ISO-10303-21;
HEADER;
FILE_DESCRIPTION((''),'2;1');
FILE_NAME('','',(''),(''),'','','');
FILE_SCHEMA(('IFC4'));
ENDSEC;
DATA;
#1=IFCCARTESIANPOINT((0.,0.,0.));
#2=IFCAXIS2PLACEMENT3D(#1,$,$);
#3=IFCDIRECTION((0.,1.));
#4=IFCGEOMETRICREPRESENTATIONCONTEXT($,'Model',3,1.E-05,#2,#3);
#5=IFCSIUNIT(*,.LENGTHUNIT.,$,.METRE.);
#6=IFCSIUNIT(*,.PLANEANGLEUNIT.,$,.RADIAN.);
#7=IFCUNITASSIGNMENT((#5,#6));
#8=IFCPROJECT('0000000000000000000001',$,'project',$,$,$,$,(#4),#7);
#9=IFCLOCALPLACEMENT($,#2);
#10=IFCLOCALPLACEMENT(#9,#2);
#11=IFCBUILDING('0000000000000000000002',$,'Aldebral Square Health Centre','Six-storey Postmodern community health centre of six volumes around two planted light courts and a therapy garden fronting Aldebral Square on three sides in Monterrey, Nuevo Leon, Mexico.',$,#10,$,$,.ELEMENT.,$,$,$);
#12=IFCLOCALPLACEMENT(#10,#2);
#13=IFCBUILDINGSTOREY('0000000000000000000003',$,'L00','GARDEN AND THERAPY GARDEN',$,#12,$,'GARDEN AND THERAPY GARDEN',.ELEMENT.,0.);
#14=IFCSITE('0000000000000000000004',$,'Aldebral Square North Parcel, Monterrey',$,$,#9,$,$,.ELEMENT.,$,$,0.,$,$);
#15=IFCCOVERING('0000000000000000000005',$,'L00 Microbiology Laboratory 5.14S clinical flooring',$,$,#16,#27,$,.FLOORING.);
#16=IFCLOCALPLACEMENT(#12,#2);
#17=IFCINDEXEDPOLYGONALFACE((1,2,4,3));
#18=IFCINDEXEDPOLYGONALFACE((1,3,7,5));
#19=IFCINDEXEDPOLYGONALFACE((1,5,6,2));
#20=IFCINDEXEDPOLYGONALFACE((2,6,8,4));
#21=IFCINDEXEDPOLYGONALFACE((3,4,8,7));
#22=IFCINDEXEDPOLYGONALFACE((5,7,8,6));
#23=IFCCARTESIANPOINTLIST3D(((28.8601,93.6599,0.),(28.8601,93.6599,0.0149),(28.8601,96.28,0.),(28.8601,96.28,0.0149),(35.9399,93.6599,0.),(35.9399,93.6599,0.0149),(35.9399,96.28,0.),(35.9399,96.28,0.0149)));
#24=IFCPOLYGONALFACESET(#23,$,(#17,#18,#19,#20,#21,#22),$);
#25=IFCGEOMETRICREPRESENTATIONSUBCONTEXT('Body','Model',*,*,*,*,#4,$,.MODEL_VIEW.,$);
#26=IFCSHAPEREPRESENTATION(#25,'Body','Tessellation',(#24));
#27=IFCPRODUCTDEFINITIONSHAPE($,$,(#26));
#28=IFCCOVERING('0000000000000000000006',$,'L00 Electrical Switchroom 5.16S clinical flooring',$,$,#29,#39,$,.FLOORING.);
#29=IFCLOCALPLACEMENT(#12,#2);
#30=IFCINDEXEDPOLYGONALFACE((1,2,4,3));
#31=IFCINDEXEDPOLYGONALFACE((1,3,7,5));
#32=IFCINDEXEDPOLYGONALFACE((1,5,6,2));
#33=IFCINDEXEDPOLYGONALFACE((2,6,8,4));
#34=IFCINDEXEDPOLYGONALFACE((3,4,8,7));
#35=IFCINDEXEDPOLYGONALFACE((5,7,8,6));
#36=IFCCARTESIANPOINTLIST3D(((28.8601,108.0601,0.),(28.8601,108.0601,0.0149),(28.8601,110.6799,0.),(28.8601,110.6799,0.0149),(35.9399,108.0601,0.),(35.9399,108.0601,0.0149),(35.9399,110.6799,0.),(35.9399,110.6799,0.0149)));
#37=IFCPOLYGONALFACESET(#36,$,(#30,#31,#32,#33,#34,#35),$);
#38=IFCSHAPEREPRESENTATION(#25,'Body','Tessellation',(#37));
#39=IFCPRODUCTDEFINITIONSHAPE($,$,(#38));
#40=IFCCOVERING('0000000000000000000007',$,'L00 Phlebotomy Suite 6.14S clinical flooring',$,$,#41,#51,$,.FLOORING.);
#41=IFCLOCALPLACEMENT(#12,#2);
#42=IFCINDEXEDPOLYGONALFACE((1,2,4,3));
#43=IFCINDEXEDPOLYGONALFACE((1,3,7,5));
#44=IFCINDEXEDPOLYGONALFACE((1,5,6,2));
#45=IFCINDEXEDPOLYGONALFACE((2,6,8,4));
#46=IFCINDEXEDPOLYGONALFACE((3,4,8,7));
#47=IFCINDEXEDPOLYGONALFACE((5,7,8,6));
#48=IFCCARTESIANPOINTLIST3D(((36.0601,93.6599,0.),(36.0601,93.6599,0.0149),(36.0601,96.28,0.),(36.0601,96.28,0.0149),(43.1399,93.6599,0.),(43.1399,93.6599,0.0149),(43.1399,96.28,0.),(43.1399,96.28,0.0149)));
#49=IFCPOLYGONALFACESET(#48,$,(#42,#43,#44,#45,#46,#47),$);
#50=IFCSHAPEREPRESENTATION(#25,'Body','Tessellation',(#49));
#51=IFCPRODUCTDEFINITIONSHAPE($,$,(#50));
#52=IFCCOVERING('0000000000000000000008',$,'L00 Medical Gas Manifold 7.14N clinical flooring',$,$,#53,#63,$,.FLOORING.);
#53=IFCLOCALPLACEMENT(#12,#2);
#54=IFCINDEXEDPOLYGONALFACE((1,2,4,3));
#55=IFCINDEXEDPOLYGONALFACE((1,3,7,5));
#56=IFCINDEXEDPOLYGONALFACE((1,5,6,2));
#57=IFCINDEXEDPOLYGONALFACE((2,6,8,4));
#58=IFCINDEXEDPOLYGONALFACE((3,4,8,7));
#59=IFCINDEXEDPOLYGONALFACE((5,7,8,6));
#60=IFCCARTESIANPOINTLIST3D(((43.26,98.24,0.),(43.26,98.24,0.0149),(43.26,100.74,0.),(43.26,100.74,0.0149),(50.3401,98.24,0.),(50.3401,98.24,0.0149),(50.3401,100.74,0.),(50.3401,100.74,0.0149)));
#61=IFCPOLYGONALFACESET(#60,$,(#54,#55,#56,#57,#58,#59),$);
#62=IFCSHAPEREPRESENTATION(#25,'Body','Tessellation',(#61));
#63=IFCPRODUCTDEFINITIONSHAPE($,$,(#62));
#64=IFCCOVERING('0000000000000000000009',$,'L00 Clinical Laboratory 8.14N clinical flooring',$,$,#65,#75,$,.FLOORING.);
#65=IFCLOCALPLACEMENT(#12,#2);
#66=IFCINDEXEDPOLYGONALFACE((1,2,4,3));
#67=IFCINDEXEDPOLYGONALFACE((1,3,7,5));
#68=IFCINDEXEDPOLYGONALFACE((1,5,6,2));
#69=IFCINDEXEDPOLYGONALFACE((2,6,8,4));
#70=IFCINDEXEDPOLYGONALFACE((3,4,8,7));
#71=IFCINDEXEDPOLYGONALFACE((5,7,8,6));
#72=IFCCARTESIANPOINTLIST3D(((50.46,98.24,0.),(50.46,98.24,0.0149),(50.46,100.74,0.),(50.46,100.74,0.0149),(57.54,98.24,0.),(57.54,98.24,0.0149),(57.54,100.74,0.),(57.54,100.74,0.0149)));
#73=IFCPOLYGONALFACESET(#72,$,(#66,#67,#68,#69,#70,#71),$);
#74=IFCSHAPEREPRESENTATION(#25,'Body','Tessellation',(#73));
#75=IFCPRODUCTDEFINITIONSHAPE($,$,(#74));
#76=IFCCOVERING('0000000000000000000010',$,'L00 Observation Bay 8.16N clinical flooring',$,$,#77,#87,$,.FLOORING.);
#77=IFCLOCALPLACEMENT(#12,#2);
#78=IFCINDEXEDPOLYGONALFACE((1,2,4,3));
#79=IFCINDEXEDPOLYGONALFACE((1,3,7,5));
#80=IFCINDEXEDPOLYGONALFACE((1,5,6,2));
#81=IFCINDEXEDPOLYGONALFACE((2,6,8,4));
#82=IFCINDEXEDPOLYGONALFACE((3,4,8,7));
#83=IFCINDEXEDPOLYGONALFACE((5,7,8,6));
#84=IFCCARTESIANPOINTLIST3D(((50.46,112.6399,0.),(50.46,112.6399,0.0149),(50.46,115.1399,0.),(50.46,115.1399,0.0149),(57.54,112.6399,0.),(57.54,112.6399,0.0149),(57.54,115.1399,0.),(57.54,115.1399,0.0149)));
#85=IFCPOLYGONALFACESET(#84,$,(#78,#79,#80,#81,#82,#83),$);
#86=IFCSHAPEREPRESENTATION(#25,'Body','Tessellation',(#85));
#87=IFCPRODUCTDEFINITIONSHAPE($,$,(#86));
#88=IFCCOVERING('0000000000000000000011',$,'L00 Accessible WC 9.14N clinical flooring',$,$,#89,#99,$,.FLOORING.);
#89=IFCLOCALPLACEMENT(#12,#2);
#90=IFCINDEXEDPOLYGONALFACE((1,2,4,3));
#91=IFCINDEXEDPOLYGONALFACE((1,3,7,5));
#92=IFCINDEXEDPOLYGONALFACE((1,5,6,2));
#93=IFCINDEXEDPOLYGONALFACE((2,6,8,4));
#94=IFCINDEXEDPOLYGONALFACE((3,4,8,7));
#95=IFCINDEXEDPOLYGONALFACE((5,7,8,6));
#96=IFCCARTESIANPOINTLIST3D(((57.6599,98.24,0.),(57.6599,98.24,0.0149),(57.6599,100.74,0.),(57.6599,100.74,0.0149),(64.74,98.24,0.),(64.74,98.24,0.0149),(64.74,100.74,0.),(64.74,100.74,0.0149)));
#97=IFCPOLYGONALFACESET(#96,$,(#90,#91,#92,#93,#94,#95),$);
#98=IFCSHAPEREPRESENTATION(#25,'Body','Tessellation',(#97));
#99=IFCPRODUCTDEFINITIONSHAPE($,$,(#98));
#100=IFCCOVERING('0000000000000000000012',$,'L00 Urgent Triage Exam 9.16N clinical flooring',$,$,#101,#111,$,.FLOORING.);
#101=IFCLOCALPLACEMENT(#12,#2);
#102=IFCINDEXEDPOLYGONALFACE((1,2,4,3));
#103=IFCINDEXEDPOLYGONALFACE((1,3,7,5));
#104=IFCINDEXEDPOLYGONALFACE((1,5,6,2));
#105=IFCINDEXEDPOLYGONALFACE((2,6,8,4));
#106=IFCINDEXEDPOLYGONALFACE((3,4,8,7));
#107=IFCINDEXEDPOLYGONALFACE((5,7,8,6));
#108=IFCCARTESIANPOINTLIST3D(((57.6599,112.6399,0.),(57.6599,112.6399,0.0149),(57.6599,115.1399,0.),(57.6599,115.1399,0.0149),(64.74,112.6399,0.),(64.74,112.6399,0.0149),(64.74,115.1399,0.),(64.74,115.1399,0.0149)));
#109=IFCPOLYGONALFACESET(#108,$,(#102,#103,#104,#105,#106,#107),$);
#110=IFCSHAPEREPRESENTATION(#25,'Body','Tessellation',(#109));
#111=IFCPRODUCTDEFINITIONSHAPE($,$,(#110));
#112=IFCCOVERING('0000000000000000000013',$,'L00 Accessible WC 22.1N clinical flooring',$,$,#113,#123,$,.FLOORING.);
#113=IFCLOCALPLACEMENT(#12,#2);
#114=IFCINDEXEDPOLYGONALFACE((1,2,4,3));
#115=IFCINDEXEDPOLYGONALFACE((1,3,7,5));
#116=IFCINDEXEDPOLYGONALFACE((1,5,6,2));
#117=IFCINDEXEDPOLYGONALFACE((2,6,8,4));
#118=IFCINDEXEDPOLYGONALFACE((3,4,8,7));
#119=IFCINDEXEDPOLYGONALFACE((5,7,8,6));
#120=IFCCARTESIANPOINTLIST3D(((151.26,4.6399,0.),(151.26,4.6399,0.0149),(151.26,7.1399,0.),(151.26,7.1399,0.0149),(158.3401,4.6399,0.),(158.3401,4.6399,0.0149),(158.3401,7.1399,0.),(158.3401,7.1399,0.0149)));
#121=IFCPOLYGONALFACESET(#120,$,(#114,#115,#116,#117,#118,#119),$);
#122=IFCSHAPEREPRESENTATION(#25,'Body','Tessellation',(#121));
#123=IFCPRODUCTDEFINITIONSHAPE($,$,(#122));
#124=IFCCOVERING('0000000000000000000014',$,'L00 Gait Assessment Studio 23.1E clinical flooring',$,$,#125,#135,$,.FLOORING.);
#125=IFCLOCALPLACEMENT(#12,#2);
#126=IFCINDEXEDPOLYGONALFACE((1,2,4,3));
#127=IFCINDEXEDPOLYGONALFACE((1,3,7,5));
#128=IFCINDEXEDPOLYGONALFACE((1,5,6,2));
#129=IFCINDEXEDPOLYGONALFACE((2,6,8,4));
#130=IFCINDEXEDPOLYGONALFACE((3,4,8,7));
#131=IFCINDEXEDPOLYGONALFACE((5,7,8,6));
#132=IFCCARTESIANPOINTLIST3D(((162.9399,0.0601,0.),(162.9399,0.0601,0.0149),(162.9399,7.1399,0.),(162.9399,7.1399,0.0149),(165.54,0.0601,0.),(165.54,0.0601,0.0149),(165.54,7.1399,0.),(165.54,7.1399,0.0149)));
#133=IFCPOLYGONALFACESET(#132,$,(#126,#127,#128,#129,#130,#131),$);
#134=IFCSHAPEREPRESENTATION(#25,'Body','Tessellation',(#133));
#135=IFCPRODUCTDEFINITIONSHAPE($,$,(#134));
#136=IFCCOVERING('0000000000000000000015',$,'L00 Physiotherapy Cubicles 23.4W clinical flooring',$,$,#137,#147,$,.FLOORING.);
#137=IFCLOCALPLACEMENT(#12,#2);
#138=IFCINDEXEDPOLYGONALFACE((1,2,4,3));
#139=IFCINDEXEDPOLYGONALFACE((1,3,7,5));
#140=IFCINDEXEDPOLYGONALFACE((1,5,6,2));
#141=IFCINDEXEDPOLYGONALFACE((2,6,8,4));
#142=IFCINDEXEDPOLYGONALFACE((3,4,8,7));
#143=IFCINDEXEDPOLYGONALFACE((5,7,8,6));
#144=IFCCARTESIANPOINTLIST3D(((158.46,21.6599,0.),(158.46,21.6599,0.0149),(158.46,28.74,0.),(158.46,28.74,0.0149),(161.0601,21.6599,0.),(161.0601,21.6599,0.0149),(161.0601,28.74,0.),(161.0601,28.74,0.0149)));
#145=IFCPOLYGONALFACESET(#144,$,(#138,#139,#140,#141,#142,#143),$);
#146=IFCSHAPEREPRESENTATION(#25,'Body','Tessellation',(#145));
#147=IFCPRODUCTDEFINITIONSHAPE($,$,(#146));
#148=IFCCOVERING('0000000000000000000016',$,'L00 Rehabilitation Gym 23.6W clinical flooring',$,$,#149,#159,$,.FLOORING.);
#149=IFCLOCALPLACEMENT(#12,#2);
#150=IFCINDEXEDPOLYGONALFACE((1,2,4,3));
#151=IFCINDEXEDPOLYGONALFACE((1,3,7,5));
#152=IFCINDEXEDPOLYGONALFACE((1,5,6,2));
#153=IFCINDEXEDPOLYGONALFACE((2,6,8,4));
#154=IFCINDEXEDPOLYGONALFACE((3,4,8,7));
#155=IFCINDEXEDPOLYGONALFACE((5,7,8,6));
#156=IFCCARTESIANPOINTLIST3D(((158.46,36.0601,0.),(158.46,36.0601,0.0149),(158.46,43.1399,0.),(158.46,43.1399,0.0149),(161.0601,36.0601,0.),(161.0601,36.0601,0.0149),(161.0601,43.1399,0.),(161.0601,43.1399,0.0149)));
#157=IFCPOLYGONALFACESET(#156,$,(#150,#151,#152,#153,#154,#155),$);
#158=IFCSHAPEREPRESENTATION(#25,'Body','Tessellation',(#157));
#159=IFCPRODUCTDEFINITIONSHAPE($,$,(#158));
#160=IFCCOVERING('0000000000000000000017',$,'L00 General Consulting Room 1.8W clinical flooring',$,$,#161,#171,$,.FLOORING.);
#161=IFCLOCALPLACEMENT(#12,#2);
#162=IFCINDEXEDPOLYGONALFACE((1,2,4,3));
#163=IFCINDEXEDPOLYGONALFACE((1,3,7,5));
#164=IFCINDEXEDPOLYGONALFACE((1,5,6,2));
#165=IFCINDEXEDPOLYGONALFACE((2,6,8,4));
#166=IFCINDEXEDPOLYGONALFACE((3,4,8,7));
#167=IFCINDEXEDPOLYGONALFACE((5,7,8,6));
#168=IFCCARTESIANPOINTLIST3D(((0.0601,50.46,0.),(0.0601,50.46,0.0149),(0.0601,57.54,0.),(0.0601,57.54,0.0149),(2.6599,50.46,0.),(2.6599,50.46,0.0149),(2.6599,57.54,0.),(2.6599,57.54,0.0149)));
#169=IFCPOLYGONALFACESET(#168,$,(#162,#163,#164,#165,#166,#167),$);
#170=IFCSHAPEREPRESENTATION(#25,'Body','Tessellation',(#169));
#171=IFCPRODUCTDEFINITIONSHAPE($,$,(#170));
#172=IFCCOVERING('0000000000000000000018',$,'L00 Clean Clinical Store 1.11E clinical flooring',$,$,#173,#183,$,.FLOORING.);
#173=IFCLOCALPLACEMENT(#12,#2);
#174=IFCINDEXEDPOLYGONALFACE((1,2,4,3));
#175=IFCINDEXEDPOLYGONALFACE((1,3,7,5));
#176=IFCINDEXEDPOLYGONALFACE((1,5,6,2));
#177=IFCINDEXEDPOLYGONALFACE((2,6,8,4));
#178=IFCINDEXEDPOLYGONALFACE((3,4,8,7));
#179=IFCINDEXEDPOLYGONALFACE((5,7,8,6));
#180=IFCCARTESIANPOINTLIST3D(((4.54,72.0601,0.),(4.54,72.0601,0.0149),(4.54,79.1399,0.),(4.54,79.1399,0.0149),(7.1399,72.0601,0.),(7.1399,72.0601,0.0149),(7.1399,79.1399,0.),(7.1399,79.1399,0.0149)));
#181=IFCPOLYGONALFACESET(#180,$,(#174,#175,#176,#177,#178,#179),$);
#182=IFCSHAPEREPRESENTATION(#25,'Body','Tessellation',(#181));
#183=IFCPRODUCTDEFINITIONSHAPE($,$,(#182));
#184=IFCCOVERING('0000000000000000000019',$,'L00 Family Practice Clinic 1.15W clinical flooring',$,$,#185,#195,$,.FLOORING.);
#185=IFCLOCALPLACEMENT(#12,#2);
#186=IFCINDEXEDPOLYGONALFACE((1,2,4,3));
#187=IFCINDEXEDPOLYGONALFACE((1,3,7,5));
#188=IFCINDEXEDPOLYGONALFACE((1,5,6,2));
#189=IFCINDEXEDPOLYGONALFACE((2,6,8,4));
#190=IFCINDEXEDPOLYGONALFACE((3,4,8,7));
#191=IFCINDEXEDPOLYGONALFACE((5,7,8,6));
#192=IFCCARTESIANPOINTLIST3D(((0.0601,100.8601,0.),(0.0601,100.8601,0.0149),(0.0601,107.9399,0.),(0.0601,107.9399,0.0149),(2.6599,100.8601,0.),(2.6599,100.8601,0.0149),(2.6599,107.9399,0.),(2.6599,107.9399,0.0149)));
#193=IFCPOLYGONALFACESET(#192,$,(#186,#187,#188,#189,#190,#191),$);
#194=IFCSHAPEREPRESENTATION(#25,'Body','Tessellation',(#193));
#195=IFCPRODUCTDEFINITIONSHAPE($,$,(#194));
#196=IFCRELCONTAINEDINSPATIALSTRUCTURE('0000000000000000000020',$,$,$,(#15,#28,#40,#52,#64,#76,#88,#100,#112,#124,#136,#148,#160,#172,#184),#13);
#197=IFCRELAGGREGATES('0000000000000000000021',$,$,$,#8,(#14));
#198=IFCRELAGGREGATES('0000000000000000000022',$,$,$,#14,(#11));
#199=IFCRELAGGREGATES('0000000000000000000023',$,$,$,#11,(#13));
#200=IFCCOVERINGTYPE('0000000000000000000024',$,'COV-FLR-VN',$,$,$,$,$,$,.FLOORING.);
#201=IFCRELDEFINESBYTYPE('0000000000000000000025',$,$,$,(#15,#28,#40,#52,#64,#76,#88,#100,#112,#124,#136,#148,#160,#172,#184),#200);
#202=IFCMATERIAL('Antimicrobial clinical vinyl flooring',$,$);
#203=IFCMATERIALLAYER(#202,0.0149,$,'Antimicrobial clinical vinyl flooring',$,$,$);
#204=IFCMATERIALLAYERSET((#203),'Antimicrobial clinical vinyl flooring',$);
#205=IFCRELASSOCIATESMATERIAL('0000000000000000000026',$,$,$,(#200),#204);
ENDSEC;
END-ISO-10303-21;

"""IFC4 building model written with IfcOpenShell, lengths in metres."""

from ifc_helpers import new_model, si_unit, direction, origin, place, context, subcontext, project, spatial, polyline, outline, extrude, material, layer, layer_set, type_object, element, save


model = new_model("IFC4")

# Units and contexts
model_context = context("Model", 3, precision=1e-05, world=origin(), true_north=direction((0.0, 1.0)))
body_context = subcontext(model_context, "Body", "Model", "MODEL_VIEW")
ifc_project = project(units=[si_unit("LENGTHUNIT", "METRE"), si_unit("PLANEANGLEUNIT", "RADIAN")], contexts=[model_context])

# Site, building, storey
site_placement = place(None, origin())
site = spatial("IfcSite", under=ifc_project, at=site_placement, Name="Aldebral Square North Parcel, Monterrey", CompositionType="ELEMENT", RefElevation=0.0)
building_placement = place(site_placement, origin())
building = spatial("IfcBuilding", under=site, at=building_placement, Name="Aldebral Square Health Centre", Description="Six-storey Postmodern community health centre of six volumes around two planted light courts and a therapy garden fronting Aldebral Square on three sides in Monterrey, Nuevo Leon, Mexico.", CompositionType="ELEMENT")
storey_placement = place(building_placement, origin())
storey = spatial("IfcBuildingStorey", under=building, at=storey_placement, Name="L00", Description="GARDEN AND THERAPY GARDEN", LongName="GARDEN AND THERAPY GARDEN", CompositionType="ELEMENT", Elevation=0.0)

# Coverings
ifc_material = material(Name="Antimicrobial clinical vinyl flooring")
ifc_layer = layer(ifc_material, 0.0149, Name="Antimicrobial clinical vinyl flooring")
ifc_layer_set = layer_set([ifc_layer], Name="Antimicrobial clinical vinyl flooring")
covering_type = type_object("IfcCoveringType", Name="COV-FLR-VN", PredefinedType="FLOORING", material=ifc_layer_set)
covering_1_placement = place(storey_placement, origin())
element("IfcCovering", 1, at=covering_1_placement, inside=storey, type_object=covering_type, Name="L00 Microbiology Laboratory 5.14S clinical flooring", PredefinedType="FLOORING", context=body_context, shape_type="SweptSolid", body=[
    extrude(outline(polyline([(28.8601, 93.6599), (35.9399, 93.6599), (35.9399, 96.28), (28.8601, 96.28), (28.8601, 93.6599)])), origin(), (0.0, 0.0, 1.0), 0.0149),
])
covering_2_placement = place(storey_placement, origin())
element("IfcCovering", 2, at=covering_2_placement, inside=storey, type_object=covering_type, Name="L00 Electrical Switchroom 5.16S clinical flooring", PredefinedType="FLOORING", context=body_context, shape_type="SweptSolid", body=[
    extrude(outline(polyline([(28.8601, 108.0601), (35.9399, 108.0601), (35.9399, 110.6799), (28.8601, 110.6799), (28.8601, 108.0601)])), origin(), (0.0, 0.0, 1.0), 0.0149),
])
covering_3_placement = place(storey_placement, origin())
element("IfcCovering", 3, at=covering_3_placement, inside=storey, type_object=covering_type, Name="L00 Phlebotomy Suite 6.14S clinical flooring", PredefinedType="FLOORING", context=body_context, shape_type="SweptSolid", body=[
    extrude(outline(polyline([(36.0601, 93.6599), (43.1399, 93.6599), (43.1399, 96.28), (36.0601, 96.28), (36.0601, 93.6599)])), origin(), (0.0, 0.0, 1.0), 0.0149),
])
covering_4_placement = place(storey_placement, origin())
element("IfcCovering", 4, at=covering_4_placement, inside=storey, type_object=covering_type, Name="L00 Medical Gas Manifold 7.14N clinical flooring", PredefinedType="FLOORING", context=body_context, shape_type="SweptSolid", body=[
    extrude(outline(polyline([(43.26, 98.24), (50.3401, 98.24), (50.3401, 100.74), (43.26, 100.74), (43.26, 98.24)])), origin(), (0.0, 0.0, 1.0), 0.0149),
])
covering_5_placement = place(storey_placement, origin())
element("IfcCovering", 5, at=covering_5_placement, inside=storey, type_object=covering_type, Name="L00 Clinical Laboratory 8.14N clinical flooring", PredefinedType="FLOORING", context=body_context, shape_type="SweptSolid", body=[
    extrude(outline(polyline([(50.46, 98.24), (57.54, 98.24), (57.54, 100.74), (50.46, 100.74), (50.46, 98.24)])), origin(), (0.0, 0.0, 1.0), 0.0149),
])
covering_6_placement = place(storey_placement, origin())
element("IfcCovering", 6, at=covering_6_placement, inside=storey, type_object=covering_type, Name="L00 Observation Bay 8.16N clinical flooring", PredefinedType="FLOORING", context=body_context, shape_type="SweptSolid", body=[
    extrude(outline(polyline([(50.46, 112.6399), (57.54, 112.6399), (57.54, 115.1399), (50.46, 115.1399), (50.46, 112.6399)])), origin(), (0.0, 0.0, 1.0), 0.0149),
])
covering_7_placement = place(storey_placement, origin())
element("IfcCovering", 7, at=covering_7_placement, inside=storey, type_object=covering_type, Name="L00 Accessible WC 9.14N clinical flooring", PredefinedType="FLOORING", context=body_context, shape_type="SweptSolid", body=[
    extrude(outline(polyline([(57.6599, 98.24), (64.74, 98.24), (64.74, 100.74), (57.6599, 100.74), (57.6599, 98.24)])), origin(), (0.0, 0.0, 1.0), 0.0149),
])
covering_8_placement = place(storey_placement, origin())
element("IfcCovering", 8, at=covering_8_placement, inside=storey, type_object=covering_type, Name="L00 Urgent Triage Exam 9.16N clinical flooring", PredefinedType="FLOORING", context=body_context, shape_type="SweptSolid", body=[
    extrude(outline(polyline([(57.6599, 112.6399), (64.74, 112.6399), (64.74, 115.1399), (57.6599, 115.1399), (57.6599, 112.6399)])), origin(), (0.0, 0.0, 1.0), 0.0149),
])
covering_9_placement = place(storey_placement, origin())
element("IfcCovering", 9, at=covering_9_placement, inside=storey, type_object=covering_type, Name="L00 Accessible WC 22.1N clinical flooring", PredefinedType="FLOORING", context=body_context, shape_type="SweptSolid", body=[
    extrude(outline(polyline([(151.26, 4.6399), (158.3401, 4.6399), (158.3401, 7.1399), (151.26, 7.1399), (151.26, 4.6399)])), origin(), (0.0, 0.0, 1.0), 0.0149),
])
covering_10_placement = place(storey_placement, origin())
element("IfcCovering", 10, at=covering_10_placement, inside=storey, type_object=covering_type, Name="L00 Gait Assessment Studio 23.1E clinical flooring", PredefinedType="FLOORING", context=body_context, shape_type="SweptSolid", body=[
    extrude(outline(polyline([(162.9399, 0.0601), (165.54, 0.0601), (165.54, 7.1399), (162.9399, 7.1399), (162.9399, 0.0601)])), origin(), (0.0, 0.0, 1.0), 0.0149),
])
covering_11_placement = place(storey_placement, origin())
element("IfcCovering", 11, at=covering_11_placement, inside=storey, type_object=covering_type, Name="L00 Physiotherapy Cubicles 23.4W clinical flooring", PredefinedType="FLOORING", context=body_context, shape_type="SweptSolid", body=[
    extrude(outline(polyline([(158.46, 21.6599), (161.0601, 21.6599), (161.0601, 28.74), (158.46, 28.74), (158.46, 21.6599)])), origin(), (0.0, 0.0, 1.0), 0.0149),
])
covering_12_placement = place(storey_placement, origin())
element("IfcCovering", 12, at=covering_12_placement, inside=storey, type_object=covering_type, Name="L00 Rehabilitation Gym 23.6W clinical flooring", PredefinedType="FLOORING", context=body_context, shape_type="SweptSolid", body=[
    extrude(outline(polyline([(158.46, 36.0601), (161.0601, 36.0601), (161.0601, 43.1399), (158.46, 43.1399), (158.46, 36.0601)])), origin(), (0.0, 0.0, 1.0), 0.0149),
])
covering_13_placement = place(storey_placement, origin())
element("IfcCovering", 13, at=covering_13_placement, inside=storey, type_object=covering_type, Name="L00 General Consulting Room 1.8W clinical flooring", PredefinedType="FLOORING", context=body_context, shape_type="SweptSolid", body=[
    extrude(outline(polyline([(0.0601, 50.46), (2.6599, 50.46), (2.6599, 57.54), (0.0601, 57.54), (0.0601, 50.46)])), origin(), (0.0, 0.0, 1.0), 0.0149),
])
covering_14_placement = place(storey_placement, origin())
element("IfcCovering", 14, at=covering_14_placement, inside=storey, type_object=covering_type, Name="L00 Clean Clinical Store 1.11E clinical flooring", PredefinedType="FLOORING", context=body_context, shape_type="SweptSolid", body=[
    extrude(outline(polyline([(4.54, 72.0601), (7.1399, 72.0601), (7.1399, 79.1399), (4.54, 79.1399), (4.54, 72.0601)])), origin(), (0.0, 0.0, 1.0), 0.0149),
])
covering_15_placement = place(storey_placement, origin())
element("IfcCovering", 15, at=covering_15_placement, inside=storey, type_object=covering_type, Name="L00 Family Practice Clinic 1.15W clinical flooring", PredefinedType="FLOORING", context=body_context, shape_type="SweptSolid", body=[
    extrude(outline(polyline([(0.0601, 100.8601), (2.6599, 100.8601), (2.6599, 107.9399), (0.0601, 107.9399), (0.0601, 100.8601)])), origin(), (0.0, 0.0, 1.0), 0.0149),
])

save(model, "model.ifc")
